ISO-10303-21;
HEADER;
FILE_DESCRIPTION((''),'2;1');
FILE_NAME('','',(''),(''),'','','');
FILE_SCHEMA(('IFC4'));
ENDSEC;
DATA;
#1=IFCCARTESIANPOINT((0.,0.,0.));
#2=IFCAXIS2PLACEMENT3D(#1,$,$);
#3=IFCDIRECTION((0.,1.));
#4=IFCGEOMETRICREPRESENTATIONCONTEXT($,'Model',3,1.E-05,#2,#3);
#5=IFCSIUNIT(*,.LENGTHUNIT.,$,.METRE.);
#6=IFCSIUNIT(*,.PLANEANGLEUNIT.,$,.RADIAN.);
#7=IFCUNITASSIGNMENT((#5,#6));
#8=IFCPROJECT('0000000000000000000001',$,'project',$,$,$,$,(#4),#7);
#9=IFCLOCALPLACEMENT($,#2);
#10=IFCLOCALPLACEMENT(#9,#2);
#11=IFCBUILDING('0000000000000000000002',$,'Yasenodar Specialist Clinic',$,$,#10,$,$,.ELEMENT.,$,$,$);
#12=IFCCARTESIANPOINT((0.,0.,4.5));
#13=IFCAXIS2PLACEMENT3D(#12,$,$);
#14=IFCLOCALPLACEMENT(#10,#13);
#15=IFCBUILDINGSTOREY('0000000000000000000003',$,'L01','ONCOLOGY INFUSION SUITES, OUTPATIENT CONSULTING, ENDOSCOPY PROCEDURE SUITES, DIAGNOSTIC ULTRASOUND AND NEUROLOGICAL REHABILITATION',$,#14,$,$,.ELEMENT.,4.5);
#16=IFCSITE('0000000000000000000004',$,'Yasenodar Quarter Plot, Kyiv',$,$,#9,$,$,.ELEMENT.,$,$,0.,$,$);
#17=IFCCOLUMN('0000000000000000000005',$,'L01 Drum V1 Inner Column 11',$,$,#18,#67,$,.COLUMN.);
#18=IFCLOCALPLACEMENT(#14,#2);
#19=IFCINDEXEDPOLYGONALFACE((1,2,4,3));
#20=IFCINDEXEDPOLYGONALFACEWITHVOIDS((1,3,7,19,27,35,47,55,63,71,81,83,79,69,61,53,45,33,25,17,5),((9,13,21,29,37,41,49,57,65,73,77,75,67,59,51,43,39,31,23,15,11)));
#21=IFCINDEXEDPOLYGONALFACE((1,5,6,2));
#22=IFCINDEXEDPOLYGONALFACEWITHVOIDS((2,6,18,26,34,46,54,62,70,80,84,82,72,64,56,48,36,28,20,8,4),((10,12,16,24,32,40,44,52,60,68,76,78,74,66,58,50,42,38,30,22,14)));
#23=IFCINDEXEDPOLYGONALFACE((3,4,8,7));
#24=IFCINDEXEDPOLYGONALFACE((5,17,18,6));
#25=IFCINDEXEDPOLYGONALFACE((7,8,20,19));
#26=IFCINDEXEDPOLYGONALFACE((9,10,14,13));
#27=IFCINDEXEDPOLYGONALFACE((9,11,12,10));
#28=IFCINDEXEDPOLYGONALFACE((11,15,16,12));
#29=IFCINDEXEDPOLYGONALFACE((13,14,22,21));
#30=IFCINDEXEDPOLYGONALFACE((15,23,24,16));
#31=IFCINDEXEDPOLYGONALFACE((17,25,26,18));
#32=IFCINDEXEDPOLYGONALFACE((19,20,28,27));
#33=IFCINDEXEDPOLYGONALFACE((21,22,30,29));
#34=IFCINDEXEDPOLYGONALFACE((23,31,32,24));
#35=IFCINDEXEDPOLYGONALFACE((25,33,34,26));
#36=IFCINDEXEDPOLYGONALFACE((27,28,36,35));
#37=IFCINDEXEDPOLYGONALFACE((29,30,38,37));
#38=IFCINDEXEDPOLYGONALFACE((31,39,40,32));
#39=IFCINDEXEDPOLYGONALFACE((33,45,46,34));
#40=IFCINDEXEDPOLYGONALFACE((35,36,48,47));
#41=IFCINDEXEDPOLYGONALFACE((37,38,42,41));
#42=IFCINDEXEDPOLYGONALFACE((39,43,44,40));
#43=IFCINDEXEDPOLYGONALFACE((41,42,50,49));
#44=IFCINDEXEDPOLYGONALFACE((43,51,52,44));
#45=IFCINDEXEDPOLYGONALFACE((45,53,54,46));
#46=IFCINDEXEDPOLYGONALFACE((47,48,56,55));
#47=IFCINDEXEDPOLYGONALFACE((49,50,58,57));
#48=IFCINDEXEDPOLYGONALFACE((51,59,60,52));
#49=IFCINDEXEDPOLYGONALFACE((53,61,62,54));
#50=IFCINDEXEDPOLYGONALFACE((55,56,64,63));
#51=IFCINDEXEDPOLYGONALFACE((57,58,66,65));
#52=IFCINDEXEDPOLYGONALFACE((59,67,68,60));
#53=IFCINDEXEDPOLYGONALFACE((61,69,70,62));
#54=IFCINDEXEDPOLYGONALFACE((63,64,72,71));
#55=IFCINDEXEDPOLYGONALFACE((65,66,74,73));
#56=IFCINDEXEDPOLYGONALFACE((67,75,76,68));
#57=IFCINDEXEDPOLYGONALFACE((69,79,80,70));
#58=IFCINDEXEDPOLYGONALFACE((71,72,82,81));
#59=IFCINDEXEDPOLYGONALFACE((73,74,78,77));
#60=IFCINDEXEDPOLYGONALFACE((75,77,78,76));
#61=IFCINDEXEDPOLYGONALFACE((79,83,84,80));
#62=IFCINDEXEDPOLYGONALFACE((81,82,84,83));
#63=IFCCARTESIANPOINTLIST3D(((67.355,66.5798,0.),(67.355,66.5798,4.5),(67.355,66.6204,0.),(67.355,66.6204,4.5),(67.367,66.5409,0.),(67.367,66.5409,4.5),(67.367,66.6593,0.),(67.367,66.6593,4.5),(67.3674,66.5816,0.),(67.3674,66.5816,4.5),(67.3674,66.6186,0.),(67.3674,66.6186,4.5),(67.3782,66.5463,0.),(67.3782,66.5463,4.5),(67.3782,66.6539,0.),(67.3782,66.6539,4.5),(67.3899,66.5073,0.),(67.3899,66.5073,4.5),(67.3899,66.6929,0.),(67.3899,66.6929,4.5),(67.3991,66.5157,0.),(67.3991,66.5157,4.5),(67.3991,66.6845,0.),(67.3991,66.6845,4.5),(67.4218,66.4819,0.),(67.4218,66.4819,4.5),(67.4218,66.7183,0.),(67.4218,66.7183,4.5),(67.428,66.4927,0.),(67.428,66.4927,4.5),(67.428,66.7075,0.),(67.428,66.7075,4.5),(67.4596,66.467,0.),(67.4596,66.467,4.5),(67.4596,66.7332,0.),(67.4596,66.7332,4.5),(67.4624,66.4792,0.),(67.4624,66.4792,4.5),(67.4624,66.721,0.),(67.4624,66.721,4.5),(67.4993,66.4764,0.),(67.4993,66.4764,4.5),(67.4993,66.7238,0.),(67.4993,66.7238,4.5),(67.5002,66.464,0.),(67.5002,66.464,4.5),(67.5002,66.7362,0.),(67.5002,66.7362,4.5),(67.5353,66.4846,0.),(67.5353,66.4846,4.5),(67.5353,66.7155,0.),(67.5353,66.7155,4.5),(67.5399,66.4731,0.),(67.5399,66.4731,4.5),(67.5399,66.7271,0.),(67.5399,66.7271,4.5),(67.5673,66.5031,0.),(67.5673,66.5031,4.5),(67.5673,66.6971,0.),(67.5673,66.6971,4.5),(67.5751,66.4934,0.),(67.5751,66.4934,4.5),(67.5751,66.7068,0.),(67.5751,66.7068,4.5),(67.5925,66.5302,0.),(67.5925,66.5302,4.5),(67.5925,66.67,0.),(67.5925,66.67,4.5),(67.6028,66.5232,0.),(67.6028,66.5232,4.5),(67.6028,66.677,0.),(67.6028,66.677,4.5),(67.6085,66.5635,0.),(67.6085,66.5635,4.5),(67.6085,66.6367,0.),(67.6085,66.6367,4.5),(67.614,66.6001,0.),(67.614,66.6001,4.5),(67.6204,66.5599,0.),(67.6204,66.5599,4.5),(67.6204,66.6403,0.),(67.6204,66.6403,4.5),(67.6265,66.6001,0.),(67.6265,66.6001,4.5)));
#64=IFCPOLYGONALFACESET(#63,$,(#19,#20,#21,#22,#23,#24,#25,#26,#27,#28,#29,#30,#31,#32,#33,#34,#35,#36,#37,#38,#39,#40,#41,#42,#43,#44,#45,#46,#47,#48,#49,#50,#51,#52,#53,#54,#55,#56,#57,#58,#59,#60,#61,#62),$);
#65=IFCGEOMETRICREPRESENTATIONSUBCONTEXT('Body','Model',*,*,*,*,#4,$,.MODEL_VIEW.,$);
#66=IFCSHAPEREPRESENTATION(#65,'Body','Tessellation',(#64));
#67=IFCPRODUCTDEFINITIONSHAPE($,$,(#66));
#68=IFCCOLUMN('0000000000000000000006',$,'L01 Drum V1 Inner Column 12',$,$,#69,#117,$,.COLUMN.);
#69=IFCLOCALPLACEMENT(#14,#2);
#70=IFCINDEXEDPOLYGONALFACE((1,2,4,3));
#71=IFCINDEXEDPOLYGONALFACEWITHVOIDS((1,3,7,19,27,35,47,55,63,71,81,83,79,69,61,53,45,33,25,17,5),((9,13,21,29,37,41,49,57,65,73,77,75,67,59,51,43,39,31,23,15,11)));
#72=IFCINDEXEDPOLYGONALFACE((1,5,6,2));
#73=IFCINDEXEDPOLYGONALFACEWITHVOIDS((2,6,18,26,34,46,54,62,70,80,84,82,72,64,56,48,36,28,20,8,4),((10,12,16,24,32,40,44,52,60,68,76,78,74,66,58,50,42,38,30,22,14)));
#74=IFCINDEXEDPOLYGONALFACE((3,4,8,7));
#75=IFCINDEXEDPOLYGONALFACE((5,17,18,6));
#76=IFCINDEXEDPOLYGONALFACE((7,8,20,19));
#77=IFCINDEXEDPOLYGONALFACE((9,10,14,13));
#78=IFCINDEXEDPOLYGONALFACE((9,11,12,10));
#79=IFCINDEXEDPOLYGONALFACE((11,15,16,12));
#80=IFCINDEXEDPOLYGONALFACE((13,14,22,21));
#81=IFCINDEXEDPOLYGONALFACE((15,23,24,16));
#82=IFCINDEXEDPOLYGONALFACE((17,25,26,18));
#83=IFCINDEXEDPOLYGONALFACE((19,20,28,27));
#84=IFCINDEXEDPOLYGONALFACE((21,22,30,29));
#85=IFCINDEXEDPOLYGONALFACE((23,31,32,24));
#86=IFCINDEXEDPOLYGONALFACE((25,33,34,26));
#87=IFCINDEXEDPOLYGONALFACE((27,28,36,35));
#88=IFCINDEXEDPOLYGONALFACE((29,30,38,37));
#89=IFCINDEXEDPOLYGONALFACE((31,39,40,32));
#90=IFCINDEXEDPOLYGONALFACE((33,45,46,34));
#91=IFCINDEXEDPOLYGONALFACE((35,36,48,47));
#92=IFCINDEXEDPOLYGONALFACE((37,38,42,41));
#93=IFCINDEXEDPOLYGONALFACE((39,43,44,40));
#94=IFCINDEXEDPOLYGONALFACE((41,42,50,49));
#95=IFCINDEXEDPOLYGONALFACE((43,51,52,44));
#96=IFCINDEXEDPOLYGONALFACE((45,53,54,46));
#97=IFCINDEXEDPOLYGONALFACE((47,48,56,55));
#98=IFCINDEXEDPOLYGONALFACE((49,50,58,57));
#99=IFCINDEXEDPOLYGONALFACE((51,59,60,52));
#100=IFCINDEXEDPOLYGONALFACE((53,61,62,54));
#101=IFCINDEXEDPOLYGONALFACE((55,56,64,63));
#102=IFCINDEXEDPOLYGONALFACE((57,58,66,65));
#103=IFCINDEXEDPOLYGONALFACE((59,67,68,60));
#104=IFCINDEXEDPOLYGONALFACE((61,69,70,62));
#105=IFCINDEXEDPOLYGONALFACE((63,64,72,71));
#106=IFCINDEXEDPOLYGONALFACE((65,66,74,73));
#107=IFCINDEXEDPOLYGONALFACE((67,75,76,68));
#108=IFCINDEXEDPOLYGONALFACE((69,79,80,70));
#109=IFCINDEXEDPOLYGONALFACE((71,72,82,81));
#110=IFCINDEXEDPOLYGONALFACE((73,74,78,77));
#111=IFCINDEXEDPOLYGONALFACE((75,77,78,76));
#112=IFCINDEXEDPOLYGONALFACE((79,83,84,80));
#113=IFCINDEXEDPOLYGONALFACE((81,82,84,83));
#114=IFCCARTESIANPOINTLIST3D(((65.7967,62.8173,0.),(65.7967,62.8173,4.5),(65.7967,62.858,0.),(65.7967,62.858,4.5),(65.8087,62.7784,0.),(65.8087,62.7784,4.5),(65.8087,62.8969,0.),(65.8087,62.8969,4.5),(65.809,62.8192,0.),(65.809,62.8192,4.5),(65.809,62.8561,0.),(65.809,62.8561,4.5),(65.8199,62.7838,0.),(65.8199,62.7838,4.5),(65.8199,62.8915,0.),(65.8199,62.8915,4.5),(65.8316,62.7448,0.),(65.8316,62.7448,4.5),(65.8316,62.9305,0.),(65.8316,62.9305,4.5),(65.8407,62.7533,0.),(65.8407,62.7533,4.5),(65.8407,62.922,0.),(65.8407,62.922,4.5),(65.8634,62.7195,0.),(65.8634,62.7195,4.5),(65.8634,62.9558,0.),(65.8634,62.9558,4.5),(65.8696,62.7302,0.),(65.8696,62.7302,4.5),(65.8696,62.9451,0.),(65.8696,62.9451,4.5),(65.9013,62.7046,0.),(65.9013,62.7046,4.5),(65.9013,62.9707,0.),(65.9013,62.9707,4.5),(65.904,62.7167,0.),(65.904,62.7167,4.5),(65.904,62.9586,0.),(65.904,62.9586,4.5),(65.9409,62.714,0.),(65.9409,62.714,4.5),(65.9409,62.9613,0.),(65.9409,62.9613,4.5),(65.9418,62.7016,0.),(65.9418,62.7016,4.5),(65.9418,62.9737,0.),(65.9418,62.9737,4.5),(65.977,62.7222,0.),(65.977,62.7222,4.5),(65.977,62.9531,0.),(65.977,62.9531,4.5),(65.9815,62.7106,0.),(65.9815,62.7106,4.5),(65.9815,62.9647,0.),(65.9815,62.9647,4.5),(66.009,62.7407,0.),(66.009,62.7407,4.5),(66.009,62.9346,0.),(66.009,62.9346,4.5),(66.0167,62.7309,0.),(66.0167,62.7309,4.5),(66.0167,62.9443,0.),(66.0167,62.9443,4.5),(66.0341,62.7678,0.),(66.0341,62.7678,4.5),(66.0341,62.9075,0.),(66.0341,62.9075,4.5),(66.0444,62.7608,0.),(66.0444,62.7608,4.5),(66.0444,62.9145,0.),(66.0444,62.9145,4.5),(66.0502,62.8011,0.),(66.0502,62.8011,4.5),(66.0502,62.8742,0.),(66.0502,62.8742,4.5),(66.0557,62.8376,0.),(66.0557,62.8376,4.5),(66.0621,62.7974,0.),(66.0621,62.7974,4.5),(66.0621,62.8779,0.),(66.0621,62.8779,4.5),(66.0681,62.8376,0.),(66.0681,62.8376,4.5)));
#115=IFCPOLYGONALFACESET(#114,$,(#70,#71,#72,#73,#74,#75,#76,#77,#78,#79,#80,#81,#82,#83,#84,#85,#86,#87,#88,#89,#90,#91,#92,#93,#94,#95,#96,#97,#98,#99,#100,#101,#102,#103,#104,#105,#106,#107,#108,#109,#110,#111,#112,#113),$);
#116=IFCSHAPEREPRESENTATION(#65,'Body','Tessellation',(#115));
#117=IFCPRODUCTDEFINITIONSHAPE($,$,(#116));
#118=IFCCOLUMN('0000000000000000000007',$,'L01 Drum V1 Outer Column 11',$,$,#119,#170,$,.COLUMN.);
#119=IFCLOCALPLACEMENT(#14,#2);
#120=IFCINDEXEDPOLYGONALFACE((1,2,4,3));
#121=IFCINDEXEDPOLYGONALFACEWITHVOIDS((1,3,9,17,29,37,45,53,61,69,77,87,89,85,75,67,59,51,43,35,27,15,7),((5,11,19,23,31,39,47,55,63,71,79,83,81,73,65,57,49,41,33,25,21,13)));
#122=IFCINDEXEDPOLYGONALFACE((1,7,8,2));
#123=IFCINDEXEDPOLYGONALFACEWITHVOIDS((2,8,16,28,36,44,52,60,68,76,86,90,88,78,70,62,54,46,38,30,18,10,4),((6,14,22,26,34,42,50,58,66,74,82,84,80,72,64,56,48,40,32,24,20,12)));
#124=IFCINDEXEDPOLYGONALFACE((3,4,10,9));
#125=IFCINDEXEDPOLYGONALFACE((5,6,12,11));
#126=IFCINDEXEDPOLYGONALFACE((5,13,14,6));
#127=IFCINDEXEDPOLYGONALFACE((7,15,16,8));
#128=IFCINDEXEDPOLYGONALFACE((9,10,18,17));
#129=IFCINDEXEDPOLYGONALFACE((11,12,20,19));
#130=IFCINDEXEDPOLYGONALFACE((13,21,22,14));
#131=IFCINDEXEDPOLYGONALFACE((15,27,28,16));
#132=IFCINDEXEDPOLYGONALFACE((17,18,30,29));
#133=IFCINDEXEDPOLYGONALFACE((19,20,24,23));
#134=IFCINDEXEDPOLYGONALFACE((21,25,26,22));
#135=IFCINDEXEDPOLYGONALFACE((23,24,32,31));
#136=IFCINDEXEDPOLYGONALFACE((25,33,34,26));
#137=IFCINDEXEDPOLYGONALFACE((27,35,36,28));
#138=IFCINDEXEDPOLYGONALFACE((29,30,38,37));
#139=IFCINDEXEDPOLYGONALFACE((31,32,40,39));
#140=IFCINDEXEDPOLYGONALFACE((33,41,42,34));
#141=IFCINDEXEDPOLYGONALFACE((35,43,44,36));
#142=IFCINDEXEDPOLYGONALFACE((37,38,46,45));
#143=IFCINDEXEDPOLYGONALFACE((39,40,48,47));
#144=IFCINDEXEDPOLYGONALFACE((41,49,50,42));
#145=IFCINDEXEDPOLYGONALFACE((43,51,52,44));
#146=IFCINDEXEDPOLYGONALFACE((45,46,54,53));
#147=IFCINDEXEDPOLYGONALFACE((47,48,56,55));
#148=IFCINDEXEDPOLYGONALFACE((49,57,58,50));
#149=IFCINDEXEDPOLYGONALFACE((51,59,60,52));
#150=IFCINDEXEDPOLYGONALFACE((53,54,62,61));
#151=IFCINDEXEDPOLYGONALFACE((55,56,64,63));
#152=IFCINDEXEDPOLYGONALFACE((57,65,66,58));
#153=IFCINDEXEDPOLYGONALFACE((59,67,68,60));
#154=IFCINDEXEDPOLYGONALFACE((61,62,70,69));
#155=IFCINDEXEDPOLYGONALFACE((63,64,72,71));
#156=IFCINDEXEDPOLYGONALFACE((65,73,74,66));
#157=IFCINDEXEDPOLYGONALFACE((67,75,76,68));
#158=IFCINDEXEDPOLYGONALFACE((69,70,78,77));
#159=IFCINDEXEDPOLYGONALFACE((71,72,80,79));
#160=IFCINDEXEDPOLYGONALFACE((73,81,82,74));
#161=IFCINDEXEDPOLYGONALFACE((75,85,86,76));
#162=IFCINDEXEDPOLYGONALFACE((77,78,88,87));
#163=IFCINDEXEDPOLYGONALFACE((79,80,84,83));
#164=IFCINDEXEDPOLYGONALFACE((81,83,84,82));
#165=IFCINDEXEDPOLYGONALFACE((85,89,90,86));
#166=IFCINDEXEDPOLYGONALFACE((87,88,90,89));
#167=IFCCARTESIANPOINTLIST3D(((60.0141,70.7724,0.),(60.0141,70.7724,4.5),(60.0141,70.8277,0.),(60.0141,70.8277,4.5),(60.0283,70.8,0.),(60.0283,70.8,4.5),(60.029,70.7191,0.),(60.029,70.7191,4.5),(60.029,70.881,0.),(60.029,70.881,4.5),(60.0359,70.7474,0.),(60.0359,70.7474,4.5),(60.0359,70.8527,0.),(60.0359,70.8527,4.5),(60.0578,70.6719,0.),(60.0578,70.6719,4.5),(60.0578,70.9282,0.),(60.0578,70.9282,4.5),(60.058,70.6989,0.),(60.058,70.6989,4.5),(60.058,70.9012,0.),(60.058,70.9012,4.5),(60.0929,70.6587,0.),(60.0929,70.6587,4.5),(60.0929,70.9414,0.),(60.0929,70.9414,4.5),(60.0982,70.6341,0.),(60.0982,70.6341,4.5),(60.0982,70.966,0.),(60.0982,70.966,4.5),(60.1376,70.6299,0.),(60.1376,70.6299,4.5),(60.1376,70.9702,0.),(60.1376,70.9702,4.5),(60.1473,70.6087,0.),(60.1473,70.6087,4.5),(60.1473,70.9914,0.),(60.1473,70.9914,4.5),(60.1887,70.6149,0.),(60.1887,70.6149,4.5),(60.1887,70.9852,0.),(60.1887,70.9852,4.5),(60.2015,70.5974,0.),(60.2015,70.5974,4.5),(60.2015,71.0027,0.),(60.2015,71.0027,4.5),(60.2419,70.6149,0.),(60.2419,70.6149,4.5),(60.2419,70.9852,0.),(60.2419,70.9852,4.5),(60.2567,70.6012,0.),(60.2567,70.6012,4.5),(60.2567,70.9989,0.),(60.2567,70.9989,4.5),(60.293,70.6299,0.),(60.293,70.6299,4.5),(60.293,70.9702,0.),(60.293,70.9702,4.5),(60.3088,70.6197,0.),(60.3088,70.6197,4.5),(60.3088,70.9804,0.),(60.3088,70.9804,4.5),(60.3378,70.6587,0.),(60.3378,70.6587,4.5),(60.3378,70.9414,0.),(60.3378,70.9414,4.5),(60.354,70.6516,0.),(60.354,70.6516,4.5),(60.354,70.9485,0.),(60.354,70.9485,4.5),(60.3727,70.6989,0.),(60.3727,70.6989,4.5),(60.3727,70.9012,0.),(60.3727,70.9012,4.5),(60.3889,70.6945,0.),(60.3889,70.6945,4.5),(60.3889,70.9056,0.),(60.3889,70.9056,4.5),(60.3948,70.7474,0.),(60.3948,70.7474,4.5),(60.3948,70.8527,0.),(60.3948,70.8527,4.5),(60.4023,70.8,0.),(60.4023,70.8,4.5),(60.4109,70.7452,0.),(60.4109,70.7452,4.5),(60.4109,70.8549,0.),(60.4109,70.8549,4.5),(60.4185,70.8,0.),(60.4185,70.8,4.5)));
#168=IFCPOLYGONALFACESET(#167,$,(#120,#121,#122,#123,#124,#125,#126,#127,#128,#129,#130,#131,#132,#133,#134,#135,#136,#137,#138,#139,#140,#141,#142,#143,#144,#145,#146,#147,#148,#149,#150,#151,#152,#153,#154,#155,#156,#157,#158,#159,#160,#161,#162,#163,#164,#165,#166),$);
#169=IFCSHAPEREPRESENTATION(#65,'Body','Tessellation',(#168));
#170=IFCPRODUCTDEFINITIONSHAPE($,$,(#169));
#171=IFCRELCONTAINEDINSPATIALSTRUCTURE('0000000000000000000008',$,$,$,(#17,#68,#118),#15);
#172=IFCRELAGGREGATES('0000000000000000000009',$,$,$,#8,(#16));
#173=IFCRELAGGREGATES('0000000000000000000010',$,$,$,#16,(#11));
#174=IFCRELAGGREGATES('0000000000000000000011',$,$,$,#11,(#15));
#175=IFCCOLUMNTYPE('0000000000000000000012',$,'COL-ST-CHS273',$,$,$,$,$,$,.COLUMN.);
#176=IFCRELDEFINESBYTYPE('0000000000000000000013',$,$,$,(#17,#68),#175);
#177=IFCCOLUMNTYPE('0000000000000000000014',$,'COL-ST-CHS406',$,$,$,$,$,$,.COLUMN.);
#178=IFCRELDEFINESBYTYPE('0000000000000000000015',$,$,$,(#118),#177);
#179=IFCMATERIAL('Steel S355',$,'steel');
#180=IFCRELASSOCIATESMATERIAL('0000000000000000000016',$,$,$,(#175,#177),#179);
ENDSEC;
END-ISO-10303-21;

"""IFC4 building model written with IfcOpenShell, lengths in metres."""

from ifc_helpers import new_model, si_unit, direction, frame, origin, origin_2d, place, context, subcontext, project, spatial, hollow_circle, extrude, material, material_profile, profile_set, type_object, element, save


model = new_model("IFC4")

# Units and contexts
model_context = context("Model", 3, precision=1e-05, world=origin(), true_north=direction((0.0, 1.0)))
body_context = subcontext(model_context, "Body", "Model", "MODEL_VIEW")
ifc_project = project(units=[si_unit("LENGTHUNIT", "METRE"), si_unit("PLANEANGLEUNIT", "RADIAN")], contexts=[model_context])

# Site, building, storey
site_placement = place(None, origin())
site = spatial("IfcSite", under=ifc_project, at=site_placement, Name="Yasenodar Quarter Plot, Kyiv", CompositionType="ELEMENT", RefElevation=0.0)
building_placement = place(site_placement, origin())
building = spatial("IfcBuilding", under=site, at=building_placement, Name="Yasenodar Specialist Clinic", CompositionType="ELEMENT")
storey_placement = place(building_placement, frame((0.0, 0.0, 4.5)))
storey = spatial("IfcBuildingStorey", under=building, at=storey_placement, Name="L01", Description="ONCOLOGY INFUSION SUITES, OUTPATIENT CONSULTING, ENDOSCOPY PROCEDURE SUITES, DIAGNOSTIC ULTRASOUND AND NEUROLOGICAL REHABILITATION", CompositionType="ELEMENT", Elevation=4.5)

# Columns
ifc_material_1 = material(Name="Steel S355", Category="steel")
ifc_material_profile_1 = material_profile(ifc_material_1, hollow_circle(Radius=0.1365, WallThickness=0.0125, at=origin_2d()), Name="CHS 273x12.5")
ifc_profile_set_1 = profile_set([ifc_material_profile_1], Name="Steel S355")
column_type_1 = type_object("IfcColumnType", Name="COL-ST-CHS273", PredefinedType="COLUMN", material=ifc_profile_set_1)
for number, where, z_axis, x_axis, name in (
    (1, (67.49, 66.6001, 0.0), (0.0, 0.0, 1.0), (1.0, 0.0, 0.0), "L01 Drum V1 Inner Column 11"),
    (2, (65.9316, 62.8376, 0.0), (0.0, 0.0, 1.0), (1.0, 0.0, 0.0), "L01 Drum V1 Inner Column 12"),
):
    element("IfcColumn", number, at=place(storey_placement, frame(where, z_axis=z_axis, x_axis=x_axis)), inside=storey, type_object=column_type_1, Name=name, PredefinedType="COLUMN", context=body_context, shape_type="SweptSolid", body=[
        extrude(hollow_circle(Radius=0.1365, WallThickness=0.0125, at=origin_2d()), origin(), (0.0, 0.0, 1.0), 4.5),
    ])
ifc_material_profile_2 = material_profile(ifc_material_1, hollow_circle(Radius=0.2031, WallThickness=0.0161, at=origin_2d()), Name="CHS 406.4x16")
ifc_profile_set_2 = profile_set([ifc_material_profile_2], Name="Steel S355")
column_type_2 = type_object("IfcColumnType", Name="COL-ST-CHS406", PredefinedType="COLUMN", material=ifc_profile_set_2)
column_placement = place(storey_placement, frame((60.2153, 70.8, 0.0), z_axis=(0.0, 0.0, 1.0), x_axis=(1.0, 0.0, 0.0)))
element("IfcColumn", 3, at=column_placement, inside=storey, type_object=column_type_2, Name="L01 Drum V1 Outer Column 11", PredefinedType="COLUMN", context=body_context, shape_type="SweptSolid", body=[
    extrude(hollow_circle(Radius=0.2031, WallThickness=0.0161, at=origin_2d()), origin(), (0.0, 0.0, 1.0), 4.5),
])

save(model, "model.ifc")
